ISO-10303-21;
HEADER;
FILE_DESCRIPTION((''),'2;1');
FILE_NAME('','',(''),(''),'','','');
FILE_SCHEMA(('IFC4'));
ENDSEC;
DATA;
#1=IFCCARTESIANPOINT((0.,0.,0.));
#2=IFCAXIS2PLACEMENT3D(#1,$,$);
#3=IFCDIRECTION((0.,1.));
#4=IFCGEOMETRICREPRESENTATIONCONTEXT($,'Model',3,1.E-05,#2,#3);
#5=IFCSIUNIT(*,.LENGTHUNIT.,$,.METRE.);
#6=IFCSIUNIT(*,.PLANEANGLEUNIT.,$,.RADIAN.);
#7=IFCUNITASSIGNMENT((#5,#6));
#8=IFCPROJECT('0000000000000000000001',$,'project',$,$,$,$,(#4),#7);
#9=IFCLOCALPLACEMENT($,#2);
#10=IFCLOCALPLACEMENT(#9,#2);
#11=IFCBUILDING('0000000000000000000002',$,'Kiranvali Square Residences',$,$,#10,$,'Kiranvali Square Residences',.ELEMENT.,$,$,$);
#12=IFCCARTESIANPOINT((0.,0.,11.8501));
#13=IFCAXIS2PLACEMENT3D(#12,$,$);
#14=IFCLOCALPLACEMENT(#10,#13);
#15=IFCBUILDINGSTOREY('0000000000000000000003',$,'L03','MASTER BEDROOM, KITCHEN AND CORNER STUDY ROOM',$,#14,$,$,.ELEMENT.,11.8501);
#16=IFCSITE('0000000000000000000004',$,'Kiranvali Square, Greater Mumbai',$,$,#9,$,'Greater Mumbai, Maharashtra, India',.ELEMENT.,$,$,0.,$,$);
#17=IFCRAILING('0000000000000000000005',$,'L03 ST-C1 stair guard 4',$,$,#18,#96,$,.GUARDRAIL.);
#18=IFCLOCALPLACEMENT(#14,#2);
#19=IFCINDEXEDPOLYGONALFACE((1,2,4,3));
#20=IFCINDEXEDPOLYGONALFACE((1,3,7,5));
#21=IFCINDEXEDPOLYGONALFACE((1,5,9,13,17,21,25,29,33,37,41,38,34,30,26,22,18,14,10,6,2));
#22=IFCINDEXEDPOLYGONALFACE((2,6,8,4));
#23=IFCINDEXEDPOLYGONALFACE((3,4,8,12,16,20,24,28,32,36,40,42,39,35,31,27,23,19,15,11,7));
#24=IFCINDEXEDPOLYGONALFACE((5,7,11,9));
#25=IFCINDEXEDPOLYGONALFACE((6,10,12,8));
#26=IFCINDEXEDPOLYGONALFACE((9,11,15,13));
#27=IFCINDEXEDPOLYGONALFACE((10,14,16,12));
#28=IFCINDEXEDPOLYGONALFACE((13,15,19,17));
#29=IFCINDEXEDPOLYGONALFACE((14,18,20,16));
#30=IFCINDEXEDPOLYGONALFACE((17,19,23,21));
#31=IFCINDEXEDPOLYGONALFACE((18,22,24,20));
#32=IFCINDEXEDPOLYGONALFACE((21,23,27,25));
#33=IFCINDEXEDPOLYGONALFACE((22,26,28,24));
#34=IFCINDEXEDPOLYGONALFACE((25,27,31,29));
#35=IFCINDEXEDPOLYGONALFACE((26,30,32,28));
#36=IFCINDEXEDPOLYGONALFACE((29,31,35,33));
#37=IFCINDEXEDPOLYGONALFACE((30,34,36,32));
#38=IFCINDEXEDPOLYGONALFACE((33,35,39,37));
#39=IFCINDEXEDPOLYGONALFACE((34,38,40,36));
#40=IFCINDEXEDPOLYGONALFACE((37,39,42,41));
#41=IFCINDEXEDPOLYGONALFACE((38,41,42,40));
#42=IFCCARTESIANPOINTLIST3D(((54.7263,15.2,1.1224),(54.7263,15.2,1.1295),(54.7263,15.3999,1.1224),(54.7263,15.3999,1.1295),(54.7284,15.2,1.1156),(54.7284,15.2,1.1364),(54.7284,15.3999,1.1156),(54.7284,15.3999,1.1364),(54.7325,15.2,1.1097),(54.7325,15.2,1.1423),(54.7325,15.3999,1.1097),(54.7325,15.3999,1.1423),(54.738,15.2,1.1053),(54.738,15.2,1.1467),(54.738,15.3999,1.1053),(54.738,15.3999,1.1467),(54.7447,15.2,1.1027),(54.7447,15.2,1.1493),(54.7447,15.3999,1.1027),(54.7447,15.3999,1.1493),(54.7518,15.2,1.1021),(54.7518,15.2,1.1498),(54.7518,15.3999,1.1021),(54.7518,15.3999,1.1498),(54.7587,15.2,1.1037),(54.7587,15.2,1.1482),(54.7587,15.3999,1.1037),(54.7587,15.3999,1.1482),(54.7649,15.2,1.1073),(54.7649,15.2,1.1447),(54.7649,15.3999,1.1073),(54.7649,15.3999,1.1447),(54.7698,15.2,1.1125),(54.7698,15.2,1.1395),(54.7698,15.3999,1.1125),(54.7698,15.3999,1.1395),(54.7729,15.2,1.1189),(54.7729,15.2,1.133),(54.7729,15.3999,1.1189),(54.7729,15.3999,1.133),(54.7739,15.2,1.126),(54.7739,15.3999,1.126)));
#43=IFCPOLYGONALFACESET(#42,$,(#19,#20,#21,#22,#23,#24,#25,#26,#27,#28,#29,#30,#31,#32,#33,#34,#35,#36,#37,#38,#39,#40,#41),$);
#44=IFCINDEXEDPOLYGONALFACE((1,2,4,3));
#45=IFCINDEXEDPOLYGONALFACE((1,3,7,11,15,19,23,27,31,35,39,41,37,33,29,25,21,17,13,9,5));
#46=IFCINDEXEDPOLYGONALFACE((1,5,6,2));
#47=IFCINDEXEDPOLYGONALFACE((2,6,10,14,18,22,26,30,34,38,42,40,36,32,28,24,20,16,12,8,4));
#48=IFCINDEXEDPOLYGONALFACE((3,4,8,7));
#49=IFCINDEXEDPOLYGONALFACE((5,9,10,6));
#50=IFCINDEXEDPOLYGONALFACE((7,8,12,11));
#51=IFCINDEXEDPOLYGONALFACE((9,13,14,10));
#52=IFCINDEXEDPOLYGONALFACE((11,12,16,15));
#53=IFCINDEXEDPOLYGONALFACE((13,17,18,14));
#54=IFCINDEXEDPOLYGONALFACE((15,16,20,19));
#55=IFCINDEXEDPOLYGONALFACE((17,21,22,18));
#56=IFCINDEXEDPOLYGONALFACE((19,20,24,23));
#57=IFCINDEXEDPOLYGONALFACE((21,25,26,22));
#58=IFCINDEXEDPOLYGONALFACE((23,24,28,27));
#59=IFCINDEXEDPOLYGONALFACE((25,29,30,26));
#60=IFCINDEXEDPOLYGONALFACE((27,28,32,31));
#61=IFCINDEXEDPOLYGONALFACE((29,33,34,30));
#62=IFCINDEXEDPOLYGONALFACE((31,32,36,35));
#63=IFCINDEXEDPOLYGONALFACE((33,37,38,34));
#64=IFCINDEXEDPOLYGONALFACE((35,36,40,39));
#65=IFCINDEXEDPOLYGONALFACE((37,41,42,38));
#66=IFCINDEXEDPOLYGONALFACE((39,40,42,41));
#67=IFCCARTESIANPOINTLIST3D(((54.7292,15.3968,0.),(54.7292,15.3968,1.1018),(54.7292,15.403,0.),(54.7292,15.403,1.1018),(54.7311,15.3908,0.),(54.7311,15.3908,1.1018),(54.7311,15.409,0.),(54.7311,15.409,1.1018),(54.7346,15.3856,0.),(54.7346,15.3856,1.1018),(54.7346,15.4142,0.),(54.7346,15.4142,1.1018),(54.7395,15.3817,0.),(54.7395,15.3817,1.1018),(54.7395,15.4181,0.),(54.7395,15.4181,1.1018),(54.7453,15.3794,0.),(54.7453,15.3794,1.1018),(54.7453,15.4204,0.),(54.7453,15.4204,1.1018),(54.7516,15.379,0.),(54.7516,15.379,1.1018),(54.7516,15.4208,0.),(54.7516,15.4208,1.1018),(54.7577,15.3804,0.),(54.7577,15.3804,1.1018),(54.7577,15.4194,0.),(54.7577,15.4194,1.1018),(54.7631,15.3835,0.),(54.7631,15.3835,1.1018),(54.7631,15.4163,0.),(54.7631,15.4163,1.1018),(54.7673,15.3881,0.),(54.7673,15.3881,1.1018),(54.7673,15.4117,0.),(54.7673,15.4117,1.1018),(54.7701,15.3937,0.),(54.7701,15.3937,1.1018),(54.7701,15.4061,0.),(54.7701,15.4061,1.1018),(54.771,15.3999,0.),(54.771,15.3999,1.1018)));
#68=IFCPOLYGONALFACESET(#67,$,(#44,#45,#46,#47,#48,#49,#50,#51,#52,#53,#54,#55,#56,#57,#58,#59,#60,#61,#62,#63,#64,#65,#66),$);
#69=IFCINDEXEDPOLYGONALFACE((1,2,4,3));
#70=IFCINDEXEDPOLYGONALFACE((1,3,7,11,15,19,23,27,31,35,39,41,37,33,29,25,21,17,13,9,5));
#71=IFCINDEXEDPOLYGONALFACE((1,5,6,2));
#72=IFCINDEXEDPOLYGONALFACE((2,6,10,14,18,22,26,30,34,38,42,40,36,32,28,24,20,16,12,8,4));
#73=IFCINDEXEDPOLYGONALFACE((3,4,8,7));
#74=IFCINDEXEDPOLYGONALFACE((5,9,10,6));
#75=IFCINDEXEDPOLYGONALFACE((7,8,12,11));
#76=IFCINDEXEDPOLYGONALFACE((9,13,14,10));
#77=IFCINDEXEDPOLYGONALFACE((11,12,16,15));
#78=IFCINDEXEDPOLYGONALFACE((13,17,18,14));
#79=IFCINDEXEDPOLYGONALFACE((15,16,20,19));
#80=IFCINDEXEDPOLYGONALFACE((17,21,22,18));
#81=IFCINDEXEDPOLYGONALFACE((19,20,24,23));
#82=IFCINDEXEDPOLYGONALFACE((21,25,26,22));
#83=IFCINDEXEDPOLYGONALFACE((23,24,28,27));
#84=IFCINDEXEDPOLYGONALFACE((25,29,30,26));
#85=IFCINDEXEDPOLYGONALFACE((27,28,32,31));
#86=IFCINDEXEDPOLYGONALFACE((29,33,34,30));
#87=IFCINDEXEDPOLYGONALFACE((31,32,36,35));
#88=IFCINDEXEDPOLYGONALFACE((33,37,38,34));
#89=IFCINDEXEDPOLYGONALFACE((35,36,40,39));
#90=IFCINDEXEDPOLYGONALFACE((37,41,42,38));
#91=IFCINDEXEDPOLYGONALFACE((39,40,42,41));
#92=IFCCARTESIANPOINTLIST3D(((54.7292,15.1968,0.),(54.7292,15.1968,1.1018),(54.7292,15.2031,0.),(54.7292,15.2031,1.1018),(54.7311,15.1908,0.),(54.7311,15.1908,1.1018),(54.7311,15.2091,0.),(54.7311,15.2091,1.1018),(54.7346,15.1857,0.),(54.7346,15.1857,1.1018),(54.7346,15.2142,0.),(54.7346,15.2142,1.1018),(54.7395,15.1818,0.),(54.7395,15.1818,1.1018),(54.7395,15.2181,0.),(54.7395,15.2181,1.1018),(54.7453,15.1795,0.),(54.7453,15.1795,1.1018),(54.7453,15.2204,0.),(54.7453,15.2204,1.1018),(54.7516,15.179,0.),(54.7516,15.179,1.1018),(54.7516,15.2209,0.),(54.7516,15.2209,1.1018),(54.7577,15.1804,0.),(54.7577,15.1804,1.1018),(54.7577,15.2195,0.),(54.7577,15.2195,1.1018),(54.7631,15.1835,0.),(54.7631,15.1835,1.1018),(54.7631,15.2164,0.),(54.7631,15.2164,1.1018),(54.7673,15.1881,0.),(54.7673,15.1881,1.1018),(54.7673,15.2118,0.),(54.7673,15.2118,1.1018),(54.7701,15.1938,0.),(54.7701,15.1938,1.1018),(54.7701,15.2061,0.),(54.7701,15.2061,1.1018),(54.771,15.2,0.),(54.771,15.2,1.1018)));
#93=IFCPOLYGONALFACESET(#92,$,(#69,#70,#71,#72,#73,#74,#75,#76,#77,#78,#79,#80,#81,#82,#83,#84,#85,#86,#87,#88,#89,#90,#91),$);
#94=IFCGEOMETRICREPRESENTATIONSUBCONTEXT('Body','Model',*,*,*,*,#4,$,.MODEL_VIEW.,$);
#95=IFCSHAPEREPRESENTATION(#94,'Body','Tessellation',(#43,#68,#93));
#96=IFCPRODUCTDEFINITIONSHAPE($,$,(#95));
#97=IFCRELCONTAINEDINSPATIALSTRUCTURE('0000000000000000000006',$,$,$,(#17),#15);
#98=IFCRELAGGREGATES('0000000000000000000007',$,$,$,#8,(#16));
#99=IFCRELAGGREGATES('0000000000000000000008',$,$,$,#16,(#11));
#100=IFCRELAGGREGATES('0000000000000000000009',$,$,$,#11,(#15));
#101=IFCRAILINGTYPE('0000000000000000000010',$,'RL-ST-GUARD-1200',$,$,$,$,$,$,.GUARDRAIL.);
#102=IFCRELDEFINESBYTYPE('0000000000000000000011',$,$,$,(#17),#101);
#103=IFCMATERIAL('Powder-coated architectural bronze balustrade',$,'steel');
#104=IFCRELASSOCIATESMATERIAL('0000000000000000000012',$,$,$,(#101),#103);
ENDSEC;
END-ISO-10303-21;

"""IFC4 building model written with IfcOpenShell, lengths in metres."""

from ifc_helpers import new_model, si_unit, direction, frame, origin, origin_2d, place, context, subcontext, project, spatial, circle, extrude, material, type_object, element, save


model = new_model("IFC4")

# Units and contexts
model_context = context("Model", 3, precision=1e-05, world=origin(), true_north=direction((0.0, 1.0)))
body_context = subcontext(model_context, "Body", "Model", "MODEL_VIEW")
ifc_project = project(units=[si_unit("LENGTHUNIT", "METRE"), si_unit("PLANEANGLEUNIT", "RADIAN")], contexts=[model_context])

# Site, building, storey
site_placement = place(None, origin())
site = spatial("IfcSite", under=ifc_project, at=site_placement, Name="Kiranvali Square, Greater Mumbai", LongName="Greater Mumbai, Maharashtra, India", CompositionType="ELEMENT", RefElevation=0.0)
building_placement = place(site_placement, origin())
building = spatial("IfcBuilding", under=site, at=building_placement, Name="Kiranvali Square Residences", LongName="Kiranvali Square Residences", CompositionType="ELEMENT")
storey_placement = place(building_placement, frame((0.0, 0.0, 11.8501)))
storey = spatial("IfcBuildingStorey", under=building, at=storey_placement, Name="L03", Description="MASTER BEDROOM, KITCHEN AND CORNER STUDY ROOM", CompositionType="ELEMENT", Elevation=11.8501)

# Railing
ifc_material_1 = material(Name="Powder-coated architectural bronze balustrade", Category="steel")
railing_type_1 = type_object("IfcRailingType", Name="RL-ST-GUARD-1200", PredefinedType="GUARDRAIL", material=ifc_material_1)
railing_1_placement = place(storey_placement, frame((54.75, 15.3999, 0.0)))
element("IfcRailing", 1, at=railing_1_placement, inside=storey, type_object=railing_type_1, Name="L03 ST-C1 stair guard 4", PredefinedType="GUARDRAIL", context=body_context, shape_type="SweptSolid", body=[
    extrude(circle(Radius=0.0239, at=origin_2d()), frame((0.0, 0.0, 1.126), z_axis=(0.0, -1.0, 0.0), x_axis=(1.0, 0.0, 0.0)), (0.0, 0.0, 1.0), 0.2),
    extrude(circle(Radius=0.021, at=origin_2d()), origin(), (0.0, 0.0, 1.0), 1.1018),
    extrude(circle(Radius=0.021, at=origin_2d()), frame((0.0, -0.2, 0.0)), (0.0, 0.0, 1.0), 1.1018),
])

save(model, "model.ifc")
